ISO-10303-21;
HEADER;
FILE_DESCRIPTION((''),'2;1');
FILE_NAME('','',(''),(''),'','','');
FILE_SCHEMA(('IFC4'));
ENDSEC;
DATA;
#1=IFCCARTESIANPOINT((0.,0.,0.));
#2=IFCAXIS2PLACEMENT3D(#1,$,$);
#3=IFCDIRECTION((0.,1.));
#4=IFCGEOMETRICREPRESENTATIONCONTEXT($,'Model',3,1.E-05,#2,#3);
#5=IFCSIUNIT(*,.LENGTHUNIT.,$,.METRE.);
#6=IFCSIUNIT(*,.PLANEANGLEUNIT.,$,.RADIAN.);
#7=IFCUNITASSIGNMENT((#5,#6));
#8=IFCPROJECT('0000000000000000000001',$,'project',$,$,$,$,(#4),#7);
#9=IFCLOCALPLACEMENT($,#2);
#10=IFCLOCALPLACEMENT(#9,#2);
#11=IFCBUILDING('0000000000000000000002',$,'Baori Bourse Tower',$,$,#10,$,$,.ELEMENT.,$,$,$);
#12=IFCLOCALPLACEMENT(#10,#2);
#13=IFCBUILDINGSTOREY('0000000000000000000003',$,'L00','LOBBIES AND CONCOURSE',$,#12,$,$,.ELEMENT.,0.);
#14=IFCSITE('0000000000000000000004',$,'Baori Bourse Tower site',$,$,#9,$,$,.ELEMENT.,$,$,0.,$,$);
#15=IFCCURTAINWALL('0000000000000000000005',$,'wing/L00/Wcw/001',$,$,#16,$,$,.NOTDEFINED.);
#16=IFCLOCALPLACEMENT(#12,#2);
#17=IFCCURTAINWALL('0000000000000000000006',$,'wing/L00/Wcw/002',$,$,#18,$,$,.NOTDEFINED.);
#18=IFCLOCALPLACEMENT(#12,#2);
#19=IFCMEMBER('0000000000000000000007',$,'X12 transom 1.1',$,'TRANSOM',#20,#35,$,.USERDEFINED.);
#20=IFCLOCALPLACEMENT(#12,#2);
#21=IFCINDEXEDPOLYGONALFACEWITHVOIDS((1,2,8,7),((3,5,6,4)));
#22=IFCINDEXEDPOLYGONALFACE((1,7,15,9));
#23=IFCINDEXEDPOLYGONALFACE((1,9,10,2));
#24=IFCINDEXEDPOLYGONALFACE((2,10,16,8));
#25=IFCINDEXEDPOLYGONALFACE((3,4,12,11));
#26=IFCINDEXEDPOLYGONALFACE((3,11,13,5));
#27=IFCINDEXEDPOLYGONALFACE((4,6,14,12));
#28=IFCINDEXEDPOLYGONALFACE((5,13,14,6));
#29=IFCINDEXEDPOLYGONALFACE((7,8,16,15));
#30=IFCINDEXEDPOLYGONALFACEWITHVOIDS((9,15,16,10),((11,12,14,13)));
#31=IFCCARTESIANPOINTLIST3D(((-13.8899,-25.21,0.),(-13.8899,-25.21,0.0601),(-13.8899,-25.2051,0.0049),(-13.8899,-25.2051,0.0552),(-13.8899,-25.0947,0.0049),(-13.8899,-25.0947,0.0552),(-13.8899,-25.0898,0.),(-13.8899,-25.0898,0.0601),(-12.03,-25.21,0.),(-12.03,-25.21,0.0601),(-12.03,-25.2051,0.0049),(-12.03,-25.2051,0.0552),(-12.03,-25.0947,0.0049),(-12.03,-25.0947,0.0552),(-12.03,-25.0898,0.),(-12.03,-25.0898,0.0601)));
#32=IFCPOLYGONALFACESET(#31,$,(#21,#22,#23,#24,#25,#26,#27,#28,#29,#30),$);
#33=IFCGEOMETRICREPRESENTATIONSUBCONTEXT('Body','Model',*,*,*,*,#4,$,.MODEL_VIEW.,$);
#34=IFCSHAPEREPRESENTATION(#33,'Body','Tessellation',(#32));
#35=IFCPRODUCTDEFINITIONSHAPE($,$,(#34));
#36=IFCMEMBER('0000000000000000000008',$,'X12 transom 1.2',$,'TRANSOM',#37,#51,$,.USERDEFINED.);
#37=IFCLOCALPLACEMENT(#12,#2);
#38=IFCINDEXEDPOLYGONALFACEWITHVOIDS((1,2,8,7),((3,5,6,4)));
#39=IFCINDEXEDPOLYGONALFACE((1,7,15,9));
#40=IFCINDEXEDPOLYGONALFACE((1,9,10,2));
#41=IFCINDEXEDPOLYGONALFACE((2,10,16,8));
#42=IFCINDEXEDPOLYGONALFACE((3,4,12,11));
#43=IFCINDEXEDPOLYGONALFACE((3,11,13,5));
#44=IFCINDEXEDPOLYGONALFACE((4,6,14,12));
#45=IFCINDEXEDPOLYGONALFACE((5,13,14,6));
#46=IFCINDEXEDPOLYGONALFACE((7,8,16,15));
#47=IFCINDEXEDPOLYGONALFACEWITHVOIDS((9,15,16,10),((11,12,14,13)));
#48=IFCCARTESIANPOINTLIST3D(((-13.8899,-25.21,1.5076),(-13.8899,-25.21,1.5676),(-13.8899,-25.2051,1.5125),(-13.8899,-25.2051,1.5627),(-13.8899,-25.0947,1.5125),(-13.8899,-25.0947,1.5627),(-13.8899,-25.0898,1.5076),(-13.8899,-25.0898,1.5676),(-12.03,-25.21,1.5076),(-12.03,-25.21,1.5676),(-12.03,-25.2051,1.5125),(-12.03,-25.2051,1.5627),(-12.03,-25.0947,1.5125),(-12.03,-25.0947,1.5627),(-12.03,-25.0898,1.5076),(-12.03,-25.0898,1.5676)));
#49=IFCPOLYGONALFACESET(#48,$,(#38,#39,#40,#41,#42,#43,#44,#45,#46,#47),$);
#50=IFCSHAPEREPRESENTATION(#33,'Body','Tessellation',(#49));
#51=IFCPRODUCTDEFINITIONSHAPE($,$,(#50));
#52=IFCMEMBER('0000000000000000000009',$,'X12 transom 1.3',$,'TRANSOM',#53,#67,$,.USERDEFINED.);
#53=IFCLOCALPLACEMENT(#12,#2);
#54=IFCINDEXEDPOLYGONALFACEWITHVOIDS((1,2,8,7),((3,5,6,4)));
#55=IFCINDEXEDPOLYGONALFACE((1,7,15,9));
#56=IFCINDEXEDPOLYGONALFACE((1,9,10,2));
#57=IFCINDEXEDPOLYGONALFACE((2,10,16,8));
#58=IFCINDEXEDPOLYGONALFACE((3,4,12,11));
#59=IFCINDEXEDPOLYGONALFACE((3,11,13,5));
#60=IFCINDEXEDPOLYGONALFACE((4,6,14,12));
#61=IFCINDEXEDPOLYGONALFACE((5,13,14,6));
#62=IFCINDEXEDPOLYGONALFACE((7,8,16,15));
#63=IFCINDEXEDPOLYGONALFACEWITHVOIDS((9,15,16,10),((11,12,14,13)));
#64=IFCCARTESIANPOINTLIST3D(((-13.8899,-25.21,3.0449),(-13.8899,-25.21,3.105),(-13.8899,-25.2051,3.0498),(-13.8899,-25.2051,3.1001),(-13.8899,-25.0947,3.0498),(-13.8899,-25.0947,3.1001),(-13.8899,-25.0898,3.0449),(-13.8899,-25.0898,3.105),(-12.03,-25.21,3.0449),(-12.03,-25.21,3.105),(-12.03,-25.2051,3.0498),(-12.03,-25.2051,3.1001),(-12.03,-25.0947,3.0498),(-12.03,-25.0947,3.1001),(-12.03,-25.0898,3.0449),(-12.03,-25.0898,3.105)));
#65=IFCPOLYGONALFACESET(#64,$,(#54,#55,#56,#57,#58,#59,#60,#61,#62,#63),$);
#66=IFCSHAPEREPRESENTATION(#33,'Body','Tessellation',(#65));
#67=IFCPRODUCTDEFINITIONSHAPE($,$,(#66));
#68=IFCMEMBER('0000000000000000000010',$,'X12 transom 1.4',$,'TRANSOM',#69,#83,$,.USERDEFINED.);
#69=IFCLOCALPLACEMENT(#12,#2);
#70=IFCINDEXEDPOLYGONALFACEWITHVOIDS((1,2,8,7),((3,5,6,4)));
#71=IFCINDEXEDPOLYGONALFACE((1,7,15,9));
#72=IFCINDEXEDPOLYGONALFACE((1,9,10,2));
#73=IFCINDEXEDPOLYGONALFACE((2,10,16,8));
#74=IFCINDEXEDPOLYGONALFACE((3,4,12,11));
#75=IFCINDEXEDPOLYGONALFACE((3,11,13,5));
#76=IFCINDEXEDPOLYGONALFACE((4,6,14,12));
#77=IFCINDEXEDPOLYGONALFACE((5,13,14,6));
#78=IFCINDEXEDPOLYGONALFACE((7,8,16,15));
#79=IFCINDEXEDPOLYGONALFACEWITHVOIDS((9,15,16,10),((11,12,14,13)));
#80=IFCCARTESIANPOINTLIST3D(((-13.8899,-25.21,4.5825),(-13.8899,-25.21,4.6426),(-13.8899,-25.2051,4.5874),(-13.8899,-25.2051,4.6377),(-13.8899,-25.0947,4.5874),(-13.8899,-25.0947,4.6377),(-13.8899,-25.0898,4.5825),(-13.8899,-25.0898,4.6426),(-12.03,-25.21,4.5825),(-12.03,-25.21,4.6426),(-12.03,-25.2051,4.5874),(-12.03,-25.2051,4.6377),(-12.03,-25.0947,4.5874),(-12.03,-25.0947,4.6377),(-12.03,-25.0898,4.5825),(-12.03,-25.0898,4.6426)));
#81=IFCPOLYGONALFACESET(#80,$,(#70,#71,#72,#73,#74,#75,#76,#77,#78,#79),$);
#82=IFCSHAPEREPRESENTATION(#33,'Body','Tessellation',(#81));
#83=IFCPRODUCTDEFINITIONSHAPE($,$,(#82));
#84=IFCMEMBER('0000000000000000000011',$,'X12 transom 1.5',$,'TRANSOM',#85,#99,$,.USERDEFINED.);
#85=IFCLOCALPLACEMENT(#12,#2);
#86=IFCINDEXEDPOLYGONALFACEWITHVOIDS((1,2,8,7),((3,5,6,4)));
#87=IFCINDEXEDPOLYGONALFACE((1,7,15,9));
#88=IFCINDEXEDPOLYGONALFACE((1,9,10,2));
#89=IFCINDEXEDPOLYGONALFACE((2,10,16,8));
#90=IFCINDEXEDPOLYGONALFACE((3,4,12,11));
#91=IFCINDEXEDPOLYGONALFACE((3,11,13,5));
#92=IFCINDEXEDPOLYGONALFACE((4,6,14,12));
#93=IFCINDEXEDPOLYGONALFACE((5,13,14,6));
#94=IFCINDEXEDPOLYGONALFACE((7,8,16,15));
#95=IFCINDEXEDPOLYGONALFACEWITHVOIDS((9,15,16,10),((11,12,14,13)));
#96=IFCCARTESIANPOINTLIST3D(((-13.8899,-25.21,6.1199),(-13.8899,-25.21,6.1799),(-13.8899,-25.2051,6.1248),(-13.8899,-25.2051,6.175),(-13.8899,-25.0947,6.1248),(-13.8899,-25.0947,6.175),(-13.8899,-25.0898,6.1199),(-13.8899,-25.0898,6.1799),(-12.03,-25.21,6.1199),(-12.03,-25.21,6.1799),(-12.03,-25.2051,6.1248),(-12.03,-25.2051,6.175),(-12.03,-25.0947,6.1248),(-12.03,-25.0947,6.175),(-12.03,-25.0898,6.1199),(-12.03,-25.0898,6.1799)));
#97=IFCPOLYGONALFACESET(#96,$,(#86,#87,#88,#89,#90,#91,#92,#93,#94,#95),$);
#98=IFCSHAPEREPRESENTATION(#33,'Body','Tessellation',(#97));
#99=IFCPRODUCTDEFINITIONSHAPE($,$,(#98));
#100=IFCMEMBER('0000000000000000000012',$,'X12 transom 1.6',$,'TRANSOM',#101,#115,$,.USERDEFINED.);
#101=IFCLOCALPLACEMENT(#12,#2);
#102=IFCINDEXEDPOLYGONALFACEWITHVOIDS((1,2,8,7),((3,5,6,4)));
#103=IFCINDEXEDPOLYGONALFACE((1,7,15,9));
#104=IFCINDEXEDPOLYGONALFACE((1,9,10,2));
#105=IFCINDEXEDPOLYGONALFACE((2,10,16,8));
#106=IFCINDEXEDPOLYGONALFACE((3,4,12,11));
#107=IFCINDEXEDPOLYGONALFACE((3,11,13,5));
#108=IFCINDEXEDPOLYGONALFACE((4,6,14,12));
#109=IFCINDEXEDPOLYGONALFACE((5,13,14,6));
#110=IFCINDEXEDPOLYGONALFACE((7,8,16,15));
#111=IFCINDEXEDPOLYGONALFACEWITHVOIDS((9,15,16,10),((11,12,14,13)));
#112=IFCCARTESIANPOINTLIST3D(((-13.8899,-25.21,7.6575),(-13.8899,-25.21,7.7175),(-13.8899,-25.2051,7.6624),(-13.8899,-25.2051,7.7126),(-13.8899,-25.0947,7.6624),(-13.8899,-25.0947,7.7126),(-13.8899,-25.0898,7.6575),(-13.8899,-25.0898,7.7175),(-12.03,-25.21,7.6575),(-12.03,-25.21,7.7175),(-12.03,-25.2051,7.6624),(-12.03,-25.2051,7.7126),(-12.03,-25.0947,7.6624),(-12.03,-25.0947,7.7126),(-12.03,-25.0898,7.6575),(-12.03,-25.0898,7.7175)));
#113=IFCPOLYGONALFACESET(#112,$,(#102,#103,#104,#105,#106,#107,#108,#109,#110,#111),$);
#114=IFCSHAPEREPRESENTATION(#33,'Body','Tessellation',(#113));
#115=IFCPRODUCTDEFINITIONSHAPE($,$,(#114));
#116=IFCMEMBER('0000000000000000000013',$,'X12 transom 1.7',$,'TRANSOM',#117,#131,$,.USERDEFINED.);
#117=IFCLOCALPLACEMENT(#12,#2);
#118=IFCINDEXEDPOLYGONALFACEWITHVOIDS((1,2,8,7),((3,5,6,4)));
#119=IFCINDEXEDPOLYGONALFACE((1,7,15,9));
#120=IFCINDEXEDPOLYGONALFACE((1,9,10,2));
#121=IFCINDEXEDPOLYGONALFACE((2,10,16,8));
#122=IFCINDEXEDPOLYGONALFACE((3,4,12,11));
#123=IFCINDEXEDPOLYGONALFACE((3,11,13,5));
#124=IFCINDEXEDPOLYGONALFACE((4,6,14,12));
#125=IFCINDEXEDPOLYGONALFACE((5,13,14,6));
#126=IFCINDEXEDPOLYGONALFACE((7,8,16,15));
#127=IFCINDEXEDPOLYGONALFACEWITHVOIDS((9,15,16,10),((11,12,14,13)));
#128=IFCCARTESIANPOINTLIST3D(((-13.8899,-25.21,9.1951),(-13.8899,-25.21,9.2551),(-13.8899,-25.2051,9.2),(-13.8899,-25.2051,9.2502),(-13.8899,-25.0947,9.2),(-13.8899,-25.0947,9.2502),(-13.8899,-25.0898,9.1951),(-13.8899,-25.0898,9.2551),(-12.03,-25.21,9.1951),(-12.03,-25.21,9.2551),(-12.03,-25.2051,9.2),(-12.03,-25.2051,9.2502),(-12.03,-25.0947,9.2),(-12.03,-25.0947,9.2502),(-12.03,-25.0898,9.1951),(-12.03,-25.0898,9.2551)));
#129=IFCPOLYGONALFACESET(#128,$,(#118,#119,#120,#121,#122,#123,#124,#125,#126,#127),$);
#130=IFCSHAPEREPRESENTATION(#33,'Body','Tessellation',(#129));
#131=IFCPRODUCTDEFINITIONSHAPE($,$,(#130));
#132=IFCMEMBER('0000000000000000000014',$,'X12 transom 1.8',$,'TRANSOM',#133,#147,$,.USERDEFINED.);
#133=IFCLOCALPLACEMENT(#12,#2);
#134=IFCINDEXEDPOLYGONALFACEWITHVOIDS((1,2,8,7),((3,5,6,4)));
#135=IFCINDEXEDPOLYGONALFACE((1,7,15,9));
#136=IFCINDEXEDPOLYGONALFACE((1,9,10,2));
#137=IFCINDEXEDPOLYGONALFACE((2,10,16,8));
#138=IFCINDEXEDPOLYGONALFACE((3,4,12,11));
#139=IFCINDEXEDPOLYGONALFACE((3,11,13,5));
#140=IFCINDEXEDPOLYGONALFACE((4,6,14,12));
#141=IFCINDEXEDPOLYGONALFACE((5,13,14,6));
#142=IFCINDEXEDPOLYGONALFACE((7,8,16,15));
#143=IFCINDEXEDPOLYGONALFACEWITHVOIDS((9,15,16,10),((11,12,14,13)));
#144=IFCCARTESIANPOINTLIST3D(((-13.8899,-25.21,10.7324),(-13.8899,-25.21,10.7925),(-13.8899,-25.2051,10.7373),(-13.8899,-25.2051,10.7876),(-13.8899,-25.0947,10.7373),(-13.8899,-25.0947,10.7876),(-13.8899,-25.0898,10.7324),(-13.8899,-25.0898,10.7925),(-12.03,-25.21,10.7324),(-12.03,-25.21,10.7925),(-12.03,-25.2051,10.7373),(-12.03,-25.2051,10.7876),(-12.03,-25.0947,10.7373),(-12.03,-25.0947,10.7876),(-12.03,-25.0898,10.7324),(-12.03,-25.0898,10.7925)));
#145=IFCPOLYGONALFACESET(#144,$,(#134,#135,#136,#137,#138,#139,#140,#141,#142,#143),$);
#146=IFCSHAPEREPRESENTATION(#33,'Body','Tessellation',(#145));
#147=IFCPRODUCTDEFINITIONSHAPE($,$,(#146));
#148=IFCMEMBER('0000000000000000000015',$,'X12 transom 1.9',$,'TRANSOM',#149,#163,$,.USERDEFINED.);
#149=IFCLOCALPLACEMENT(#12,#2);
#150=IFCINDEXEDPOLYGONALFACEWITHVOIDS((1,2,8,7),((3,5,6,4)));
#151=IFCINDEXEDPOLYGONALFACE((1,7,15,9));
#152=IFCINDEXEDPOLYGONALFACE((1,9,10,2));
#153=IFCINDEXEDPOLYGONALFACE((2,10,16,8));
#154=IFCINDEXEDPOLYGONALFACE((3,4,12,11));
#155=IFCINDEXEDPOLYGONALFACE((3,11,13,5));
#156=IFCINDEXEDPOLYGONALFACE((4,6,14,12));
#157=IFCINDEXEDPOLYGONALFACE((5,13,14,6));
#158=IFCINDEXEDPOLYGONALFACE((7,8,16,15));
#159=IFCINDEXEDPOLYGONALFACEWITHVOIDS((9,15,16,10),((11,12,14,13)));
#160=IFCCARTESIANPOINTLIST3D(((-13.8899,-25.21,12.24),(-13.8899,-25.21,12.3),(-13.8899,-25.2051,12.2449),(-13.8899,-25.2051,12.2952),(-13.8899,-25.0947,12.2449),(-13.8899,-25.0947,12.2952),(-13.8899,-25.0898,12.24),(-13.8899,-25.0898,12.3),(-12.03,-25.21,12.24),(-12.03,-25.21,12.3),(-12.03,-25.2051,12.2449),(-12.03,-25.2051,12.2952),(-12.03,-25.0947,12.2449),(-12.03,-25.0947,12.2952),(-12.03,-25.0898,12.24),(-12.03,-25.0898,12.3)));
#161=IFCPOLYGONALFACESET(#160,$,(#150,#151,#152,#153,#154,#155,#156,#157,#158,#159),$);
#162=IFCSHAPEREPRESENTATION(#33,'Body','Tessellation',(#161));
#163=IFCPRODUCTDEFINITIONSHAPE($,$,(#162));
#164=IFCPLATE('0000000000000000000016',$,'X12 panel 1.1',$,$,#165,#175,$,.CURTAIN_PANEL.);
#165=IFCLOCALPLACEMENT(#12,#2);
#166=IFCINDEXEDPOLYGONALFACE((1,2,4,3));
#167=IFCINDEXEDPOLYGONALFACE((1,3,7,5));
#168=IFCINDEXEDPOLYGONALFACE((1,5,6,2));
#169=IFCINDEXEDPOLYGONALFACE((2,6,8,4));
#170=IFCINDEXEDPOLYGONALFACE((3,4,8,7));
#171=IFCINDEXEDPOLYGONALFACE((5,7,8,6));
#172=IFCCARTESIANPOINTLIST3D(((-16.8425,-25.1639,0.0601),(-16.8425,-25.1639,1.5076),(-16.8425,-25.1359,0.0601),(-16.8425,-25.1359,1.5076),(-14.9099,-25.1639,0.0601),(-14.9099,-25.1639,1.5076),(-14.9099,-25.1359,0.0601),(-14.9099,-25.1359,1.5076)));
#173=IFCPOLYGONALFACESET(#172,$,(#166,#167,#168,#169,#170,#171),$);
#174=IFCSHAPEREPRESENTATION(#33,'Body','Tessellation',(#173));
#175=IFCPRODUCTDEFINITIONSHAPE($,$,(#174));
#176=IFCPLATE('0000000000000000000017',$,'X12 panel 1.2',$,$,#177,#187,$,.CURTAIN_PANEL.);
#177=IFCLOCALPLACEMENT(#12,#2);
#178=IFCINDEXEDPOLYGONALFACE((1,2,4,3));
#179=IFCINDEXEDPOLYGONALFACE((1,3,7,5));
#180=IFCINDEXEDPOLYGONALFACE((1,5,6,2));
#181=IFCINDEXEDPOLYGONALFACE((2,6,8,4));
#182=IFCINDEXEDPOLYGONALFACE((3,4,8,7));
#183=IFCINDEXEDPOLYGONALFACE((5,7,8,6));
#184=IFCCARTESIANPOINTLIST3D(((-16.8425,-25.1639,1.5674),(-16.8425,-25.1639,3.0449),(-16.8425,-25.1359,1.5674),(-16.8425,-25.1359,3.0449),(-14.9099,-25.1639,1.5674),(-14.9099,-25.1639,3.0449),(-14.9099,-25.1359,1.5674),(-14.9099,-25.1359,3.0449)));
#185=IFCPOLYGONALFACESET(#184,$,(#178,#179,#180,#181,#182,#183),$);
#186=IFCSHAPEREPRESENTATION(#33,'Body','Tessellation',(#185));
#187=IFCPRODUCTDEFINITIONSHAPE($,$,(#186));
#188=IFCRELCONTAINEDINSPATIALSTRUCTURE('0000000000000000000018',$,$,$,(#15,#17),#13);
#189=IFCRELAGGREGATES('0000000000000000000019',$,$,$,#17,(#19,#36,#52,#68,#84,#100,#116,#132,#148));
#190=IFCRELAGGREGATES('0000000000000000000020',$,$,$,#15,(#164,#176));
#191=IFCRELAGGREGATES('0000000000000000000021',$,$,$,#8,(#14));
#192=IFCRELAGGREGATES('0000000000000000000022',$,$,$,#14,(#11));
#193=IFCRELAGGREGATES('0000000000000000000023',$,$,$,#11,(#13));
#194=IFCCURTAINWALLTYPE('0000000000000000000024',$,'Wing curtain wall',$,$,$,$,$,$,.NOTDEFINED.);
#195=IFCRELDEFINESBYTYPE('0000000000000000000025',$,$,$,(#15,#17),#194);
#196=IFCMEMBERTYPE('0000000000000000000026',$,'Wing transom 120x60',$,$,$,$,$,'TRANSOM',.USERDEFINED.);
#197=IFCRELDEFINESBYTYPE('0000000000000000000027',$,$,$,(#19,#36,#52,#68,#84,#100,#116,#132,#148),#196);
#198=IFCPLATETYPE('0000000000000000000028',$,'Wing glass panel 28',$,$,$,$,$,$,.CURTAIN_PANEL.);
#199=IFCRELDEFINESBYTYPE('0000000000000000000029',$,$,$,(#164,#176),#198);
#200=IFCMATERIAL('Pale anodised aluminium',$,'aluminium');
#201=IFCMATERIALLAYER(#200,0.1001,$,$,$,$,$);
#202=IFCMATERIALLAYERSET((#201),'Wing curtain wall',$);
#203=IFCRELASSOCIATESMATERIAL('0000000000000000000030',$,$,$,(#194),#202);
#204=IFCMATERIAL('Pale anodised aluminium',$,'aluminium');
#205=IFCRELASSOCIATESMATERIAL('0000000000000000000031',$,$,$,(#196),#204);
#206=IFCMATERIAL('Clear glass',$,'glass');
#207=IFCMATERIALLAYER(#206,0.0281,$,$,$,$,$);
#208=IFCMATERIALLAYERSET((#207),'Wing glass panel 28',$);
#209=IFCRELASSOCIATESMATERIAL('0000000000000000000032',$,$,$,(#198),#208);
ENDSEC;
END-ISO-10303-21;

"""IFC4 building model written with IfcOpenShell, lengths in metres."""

from ifc_helpers import new_model, si_unit, direction, frame, origin, origin_2d, place, context, subcontext, project, spatial, rectangle, hollow_rectangle, extrude, material, layer, layer_set, material_profile, profile_set, type_object, element, aggregate, save


model = new_model("IFC4")

# Units and contexts
model_context = context("Model", 3, precision=1e-05, world=origin(), true_north=direction((0.0, 1.0)))
body_context = subcontext(model_context, "Body", "Model", "MODEL_VIEW")
ifc_project = project(units=[si_unit("LENGTHUNIT", "METRE"), si_unit("PLANEANGLEUNIT", "RADIAN")], contexts=[model_context])

# Site, building, storey
site_placement = place(None, origin())
site = spatial("IfcSite", under=ifc_project, at=site_placement, Name="Baori Bourse Tower site", CompositionType="ELEMENT", RefElevation=0.0)
building_placement = place(site_placement, origin())
building = spatial("IfcBuilding", under=site, at=building_placement, Name="Baori Bourse Tower", CompositionType="ELEMENT")
storey_placement = place(building_placement, origin())
storey = spatial("IfcBuildingStorey", under=building, at=storey_placement, Name="L00", Description="LOBBIES AND CONCOURSE", CompositionType="ELEMENT", Elevation=0.0)

# Curtain wall
ifc_material_1 = material(Name="Pale anodised aluminium", Category="aluminium")
ifc_layer_1 = layer(ifc_material_1, 0.1001)
ifc_layer_set_1 = layer_set([ifc_layer_1], Name="Wing curtain wall")
curtain_wall_type = type_object("IfcCurtainWallType", Name="Wing curtain wall", PredefinedType="NOTDEFINED", material=ifc_layer_set_1)
curtain_wall_1_placement = place(storey_placement, origin())
curtain_wall_1 = element("IfcCurtainWall", 1, at=curtain_wall_1_placement, inside=storey, type_object=curtain_wall_type, Name="wing/L00/Wcw/001", PredefinedType="NOTDEFINED")

# Curtain wall
curtain_wall_2_placement = place(storey_placement, origin())
curtain_wall_2 = element("IfcCurtainWall", 2, at=curtain_wall_2_placement, inside=storey, type_object=curtain_wall_type, Name="wing/L00/Wcw/002", PredefinedType="NOTDEFINED")

# Members
ifc_material_2 = material(Name="Pale anodised aluminium", Category="aluminium")
ifc_material_profile_1 = material_profile(ifc_material_2, hollow_rectangle(XDim=0.1201, YDim=0.0601, WallThickness=0.0049, at=origin_2d()), Name="Transom 120x60x5")
ifc_profile_set_1 = profile_set([ifc_material_profile_1], Name="Pale anodised aluminium")
member_type_1 = type_object("IfcMemberType", Name="Wing transom 120x60", ElementType="TRANSOM", PredefinedType="USERDEFINED", material=ifc_profile_set_1)
member_1_placement = place(storey_placement, frame((-13.8899, -25.1499, 0.03), z_axis=(1.0, 0.0, 0.0), x_axis=(0.0, 1.0, 0.0)))
member_1 = element("IfcMember", 3, at=member_1_placement, type_object=member_type_1, Name="X12 transom 1.1", ObjectType="TRANSOM", PredefinedType="USERDEFINED", context=body_context, shape_type="SweptSolid", body=[
    extrude(hollow_rectangle(XDim=0.1201, YDim=0.0601, WallThickness=0.0049, at=origin_2d()), origin(), (0.0, 0.0, 1.0), 1.8599),
])
member_2_placement = place(storey_placement, frame((-13.8899, -25.1499, 1.5376), z_axis=(1.0, 0.0, 0.0), x_axis=(0.0, 1.0, 0.0)))
member_2 = element("IfcMember", 4, at=member_2_placement, type_object=member_type_1, Name="X12 transom 1.2", ObjectType="TRANSOM", PredefinedType="USERDEFINED", context=body_context, shape_type="SweptSolid", body=[
    extrude(hollow_rectangle(XDim=0.1201, YDim=0.0601, WallThickness=0.0049, at=origin_2d()), origin(), (0.0, 0.0, 1.0), 1.8599),
])
member_3_placement = place(storey_placement, frame((-13.8899, -25.1499, 3.075), z_axis=(1.0, 0.0, 0.0), x_axis=(0.0, 1.0, 0.0)))
member_3 = element("IfcMember", 5, at=member_3_placement, type_object=member_type_1, Name="X12 transom 1.3", ObjectType="TRANSOM", PredefinedType="USERDEFINED", context=body_context, shape_type="SweptSolid", body=[
    extrude(hollow_rectangle(XDim=0.1201, YDim=0.0601, WallThickness=0.0049, at=origin_2d()), origin(), (0.0, 0.0, 1.0), 1.8599),
])
member_4_placement = place(storey_placement, frame((-13.8899, -25.1499, 4.6125), z_axis=(1.0, 0.0, 0.0), x_axis=(0.0, 1.0, 0.0)))
member_4 = element("IfcMember", 6, at=member_4_placement, type_object=member_type_1, Name="X12 transom 1.4", ObjectType="TRANSOM", PredefinedType="USERDEFINED", context=body_context, shape_type="SweptSolid", body=[
    extrude(hollow_rectangle(XDim=0.1201, YDim=0.0601, WallThickness=0.0049, at=origin_2d()), origin(), (0.0, 0.0, 1.0), 1.8599),
])
member_5_placement = place(storey_placement, frame((-13.8899, -25.1499, 6.1499), z_axis=(1.0, 0.0, 0.0), x_axis=(0.0, 1.0, 0.0)))
member_5 = element("IfcMember", 7, at=member_5_placement, type_object=member_type_1, Name="X12 transom 1.5", ObjectType="TRANSOM", PredefinedType="USERDEFINED", context=body_context, shape_type="SweptSolid", body=[
    extrude(hollow_rectangle(XDim=0.1201, YDim=0.0601, WallThickness=0.0049, at=origin_2d()), origin(), (0.0, 0.0, 1.0), 1.8599),
])
member_6_placement = place(storey_placement, frame((-13.8899, -25.1499, 7.6875), z_axis=(1.0, 0.0, 0.0), x_axis=(0.0, 1.0, 0.0)))
member_6 = element("IfcMember", 8, at=member_6_placement, type_object=member_type_1, Name="X12 transom 1.6", ObjectType="TRANSOM", PredefinedType="USERDEFINED", context=body_context, shape_type="SweptSolid", body=[
    extrude(hollow_rectangle(XDim=0.1201, YDim=0.0601, WallThickness=0.0049, at=origin_2d()), origin(), (0.0, 0.0, 1.0), 1.8599),
])
member_7_placement = place(storey_placement, frame((-13.8899, -25.1499, 9.2251), z_axis=(1.0, 0.0, 0.0), x_axis=(0.0, 1.0, 0.0)))
member_7 = element("IfcMember", 9, at=member_7_placement, type_object=member_type_1, Name="X12 transom 1.7", ObjectType="TRANSOM", PredefinedType="USERDEFINED", context=body_context, shape_type="SweptSolid", body=[
    extrude(hollow_rectangle(XDim=0.1201, YDim=0.0601, WallThickness=0.0049, at=origin_2d()), origin(), (0.0, 0.0, 1.0), 1.8599),
])
member_8_placement = place(storey_placement, frame((-13.8899, -25.1499, 10.7625), z_axis=(1.0, 0.0, 0.0), x_axis=(0.0, 1.0, 0.0)))
member_8 = element("IfcMember", 10, at=member_8_placement, type_object=member_type_1, Name="X12 transom 1.8", ObjectType="TRANSOM", PredefinedType="USERDEFINED", context=body_context, shape_type="SweptSolid", body=[
    extrude(hollow_rectangle(XDim=0.1201, YDim=0.0601, WallThickness=0.0049, at=origin_2d()), origin(), (0.0, 0.0, 1.0), 1.8599),
])
member_9_placement = place(storey_placement, frame((-13.8899, -25.1499, 12.27), z_axis=(1.0, 0.0, 0.0), x_axis=(0.0, 1.0, 0.0)))
member_9 = element("IfcMember", 11, at=member_9_placement, type_object=member_type_1, Name="X12 transom 1.9", ObjectType="TRANSOM", PredefinedType="USERDEFINED", context=body_context, shape_type="SweptSolid", body=[
    extrude(hollow_rectangle(XDim=0.1201, YDim=0.0601, WallThickness=0.0049, at=origin_2d()), origin(), (0.0, 0.0, 1.0), 1.8599),
])
aggregate(curtain_wall_2, [member_1, member_2, member_3, member_4, member_5, member_6, member_7, member_8, member_9])

# Plates
ifc_material_3 = material(Name="Clear glass", Category="glass")
ifc_layer_2 = layer(ifc_material_3, 0.0281)
ifc_layer_set_2 = layer_set([ifc_layer_2], Name="Wing glass panel 28")
plate_type = type_object("IfcPlateType", Name="Wing glass panel 28", PredefinedType="CURTAIN_PANEL", material=ifc_layer_set_2)
plate_1_placement = place(storey_placement, frame((-15.8762, -25.1499, 0.0601), z_axis=(0.0, 0.0, 1.0), x_axis=(1.0, 0.0, 0.0)))
plate_1 = element("IfcPlate", 12, at=plate_1_placement, type_object=plate_type, Name="X12 panel 1.1", PredefinedType="CURTAIN_PANEL", context=body_context, shape_type="SweptSolid", body=[
    extrude(rectangle(XDim=1.9326, YDim=0.0281, at=origin_2d()), origin(), (0.0, 0.0, 1.0), 1.4475),
])
plate_2_placement = place(storey_placement, frame((-15.8762, -25.1499, 1.5674), z_axis=(0.0, 0.0, 1.0), x_axis=(1.0, 0.0, 0.0)))
plate_2 = element("IfcPlate", 13, at=plate_2_placement, type_object=plate_type, Name="X12 panel 1.2", PredefinedType="CURTAIN_PANEL", context=body_context, shape_type="SweptSolid", body=[
    extrude(rectangle(XDim=1.9326, YDim=0.0281, at=origin_2d()), origin(), (0.0, 0.0, 1.0), 1.4775),
])
aggregate(curtain_wall_1, [plate_1, plate_2])

save(model, "model.ifc")
